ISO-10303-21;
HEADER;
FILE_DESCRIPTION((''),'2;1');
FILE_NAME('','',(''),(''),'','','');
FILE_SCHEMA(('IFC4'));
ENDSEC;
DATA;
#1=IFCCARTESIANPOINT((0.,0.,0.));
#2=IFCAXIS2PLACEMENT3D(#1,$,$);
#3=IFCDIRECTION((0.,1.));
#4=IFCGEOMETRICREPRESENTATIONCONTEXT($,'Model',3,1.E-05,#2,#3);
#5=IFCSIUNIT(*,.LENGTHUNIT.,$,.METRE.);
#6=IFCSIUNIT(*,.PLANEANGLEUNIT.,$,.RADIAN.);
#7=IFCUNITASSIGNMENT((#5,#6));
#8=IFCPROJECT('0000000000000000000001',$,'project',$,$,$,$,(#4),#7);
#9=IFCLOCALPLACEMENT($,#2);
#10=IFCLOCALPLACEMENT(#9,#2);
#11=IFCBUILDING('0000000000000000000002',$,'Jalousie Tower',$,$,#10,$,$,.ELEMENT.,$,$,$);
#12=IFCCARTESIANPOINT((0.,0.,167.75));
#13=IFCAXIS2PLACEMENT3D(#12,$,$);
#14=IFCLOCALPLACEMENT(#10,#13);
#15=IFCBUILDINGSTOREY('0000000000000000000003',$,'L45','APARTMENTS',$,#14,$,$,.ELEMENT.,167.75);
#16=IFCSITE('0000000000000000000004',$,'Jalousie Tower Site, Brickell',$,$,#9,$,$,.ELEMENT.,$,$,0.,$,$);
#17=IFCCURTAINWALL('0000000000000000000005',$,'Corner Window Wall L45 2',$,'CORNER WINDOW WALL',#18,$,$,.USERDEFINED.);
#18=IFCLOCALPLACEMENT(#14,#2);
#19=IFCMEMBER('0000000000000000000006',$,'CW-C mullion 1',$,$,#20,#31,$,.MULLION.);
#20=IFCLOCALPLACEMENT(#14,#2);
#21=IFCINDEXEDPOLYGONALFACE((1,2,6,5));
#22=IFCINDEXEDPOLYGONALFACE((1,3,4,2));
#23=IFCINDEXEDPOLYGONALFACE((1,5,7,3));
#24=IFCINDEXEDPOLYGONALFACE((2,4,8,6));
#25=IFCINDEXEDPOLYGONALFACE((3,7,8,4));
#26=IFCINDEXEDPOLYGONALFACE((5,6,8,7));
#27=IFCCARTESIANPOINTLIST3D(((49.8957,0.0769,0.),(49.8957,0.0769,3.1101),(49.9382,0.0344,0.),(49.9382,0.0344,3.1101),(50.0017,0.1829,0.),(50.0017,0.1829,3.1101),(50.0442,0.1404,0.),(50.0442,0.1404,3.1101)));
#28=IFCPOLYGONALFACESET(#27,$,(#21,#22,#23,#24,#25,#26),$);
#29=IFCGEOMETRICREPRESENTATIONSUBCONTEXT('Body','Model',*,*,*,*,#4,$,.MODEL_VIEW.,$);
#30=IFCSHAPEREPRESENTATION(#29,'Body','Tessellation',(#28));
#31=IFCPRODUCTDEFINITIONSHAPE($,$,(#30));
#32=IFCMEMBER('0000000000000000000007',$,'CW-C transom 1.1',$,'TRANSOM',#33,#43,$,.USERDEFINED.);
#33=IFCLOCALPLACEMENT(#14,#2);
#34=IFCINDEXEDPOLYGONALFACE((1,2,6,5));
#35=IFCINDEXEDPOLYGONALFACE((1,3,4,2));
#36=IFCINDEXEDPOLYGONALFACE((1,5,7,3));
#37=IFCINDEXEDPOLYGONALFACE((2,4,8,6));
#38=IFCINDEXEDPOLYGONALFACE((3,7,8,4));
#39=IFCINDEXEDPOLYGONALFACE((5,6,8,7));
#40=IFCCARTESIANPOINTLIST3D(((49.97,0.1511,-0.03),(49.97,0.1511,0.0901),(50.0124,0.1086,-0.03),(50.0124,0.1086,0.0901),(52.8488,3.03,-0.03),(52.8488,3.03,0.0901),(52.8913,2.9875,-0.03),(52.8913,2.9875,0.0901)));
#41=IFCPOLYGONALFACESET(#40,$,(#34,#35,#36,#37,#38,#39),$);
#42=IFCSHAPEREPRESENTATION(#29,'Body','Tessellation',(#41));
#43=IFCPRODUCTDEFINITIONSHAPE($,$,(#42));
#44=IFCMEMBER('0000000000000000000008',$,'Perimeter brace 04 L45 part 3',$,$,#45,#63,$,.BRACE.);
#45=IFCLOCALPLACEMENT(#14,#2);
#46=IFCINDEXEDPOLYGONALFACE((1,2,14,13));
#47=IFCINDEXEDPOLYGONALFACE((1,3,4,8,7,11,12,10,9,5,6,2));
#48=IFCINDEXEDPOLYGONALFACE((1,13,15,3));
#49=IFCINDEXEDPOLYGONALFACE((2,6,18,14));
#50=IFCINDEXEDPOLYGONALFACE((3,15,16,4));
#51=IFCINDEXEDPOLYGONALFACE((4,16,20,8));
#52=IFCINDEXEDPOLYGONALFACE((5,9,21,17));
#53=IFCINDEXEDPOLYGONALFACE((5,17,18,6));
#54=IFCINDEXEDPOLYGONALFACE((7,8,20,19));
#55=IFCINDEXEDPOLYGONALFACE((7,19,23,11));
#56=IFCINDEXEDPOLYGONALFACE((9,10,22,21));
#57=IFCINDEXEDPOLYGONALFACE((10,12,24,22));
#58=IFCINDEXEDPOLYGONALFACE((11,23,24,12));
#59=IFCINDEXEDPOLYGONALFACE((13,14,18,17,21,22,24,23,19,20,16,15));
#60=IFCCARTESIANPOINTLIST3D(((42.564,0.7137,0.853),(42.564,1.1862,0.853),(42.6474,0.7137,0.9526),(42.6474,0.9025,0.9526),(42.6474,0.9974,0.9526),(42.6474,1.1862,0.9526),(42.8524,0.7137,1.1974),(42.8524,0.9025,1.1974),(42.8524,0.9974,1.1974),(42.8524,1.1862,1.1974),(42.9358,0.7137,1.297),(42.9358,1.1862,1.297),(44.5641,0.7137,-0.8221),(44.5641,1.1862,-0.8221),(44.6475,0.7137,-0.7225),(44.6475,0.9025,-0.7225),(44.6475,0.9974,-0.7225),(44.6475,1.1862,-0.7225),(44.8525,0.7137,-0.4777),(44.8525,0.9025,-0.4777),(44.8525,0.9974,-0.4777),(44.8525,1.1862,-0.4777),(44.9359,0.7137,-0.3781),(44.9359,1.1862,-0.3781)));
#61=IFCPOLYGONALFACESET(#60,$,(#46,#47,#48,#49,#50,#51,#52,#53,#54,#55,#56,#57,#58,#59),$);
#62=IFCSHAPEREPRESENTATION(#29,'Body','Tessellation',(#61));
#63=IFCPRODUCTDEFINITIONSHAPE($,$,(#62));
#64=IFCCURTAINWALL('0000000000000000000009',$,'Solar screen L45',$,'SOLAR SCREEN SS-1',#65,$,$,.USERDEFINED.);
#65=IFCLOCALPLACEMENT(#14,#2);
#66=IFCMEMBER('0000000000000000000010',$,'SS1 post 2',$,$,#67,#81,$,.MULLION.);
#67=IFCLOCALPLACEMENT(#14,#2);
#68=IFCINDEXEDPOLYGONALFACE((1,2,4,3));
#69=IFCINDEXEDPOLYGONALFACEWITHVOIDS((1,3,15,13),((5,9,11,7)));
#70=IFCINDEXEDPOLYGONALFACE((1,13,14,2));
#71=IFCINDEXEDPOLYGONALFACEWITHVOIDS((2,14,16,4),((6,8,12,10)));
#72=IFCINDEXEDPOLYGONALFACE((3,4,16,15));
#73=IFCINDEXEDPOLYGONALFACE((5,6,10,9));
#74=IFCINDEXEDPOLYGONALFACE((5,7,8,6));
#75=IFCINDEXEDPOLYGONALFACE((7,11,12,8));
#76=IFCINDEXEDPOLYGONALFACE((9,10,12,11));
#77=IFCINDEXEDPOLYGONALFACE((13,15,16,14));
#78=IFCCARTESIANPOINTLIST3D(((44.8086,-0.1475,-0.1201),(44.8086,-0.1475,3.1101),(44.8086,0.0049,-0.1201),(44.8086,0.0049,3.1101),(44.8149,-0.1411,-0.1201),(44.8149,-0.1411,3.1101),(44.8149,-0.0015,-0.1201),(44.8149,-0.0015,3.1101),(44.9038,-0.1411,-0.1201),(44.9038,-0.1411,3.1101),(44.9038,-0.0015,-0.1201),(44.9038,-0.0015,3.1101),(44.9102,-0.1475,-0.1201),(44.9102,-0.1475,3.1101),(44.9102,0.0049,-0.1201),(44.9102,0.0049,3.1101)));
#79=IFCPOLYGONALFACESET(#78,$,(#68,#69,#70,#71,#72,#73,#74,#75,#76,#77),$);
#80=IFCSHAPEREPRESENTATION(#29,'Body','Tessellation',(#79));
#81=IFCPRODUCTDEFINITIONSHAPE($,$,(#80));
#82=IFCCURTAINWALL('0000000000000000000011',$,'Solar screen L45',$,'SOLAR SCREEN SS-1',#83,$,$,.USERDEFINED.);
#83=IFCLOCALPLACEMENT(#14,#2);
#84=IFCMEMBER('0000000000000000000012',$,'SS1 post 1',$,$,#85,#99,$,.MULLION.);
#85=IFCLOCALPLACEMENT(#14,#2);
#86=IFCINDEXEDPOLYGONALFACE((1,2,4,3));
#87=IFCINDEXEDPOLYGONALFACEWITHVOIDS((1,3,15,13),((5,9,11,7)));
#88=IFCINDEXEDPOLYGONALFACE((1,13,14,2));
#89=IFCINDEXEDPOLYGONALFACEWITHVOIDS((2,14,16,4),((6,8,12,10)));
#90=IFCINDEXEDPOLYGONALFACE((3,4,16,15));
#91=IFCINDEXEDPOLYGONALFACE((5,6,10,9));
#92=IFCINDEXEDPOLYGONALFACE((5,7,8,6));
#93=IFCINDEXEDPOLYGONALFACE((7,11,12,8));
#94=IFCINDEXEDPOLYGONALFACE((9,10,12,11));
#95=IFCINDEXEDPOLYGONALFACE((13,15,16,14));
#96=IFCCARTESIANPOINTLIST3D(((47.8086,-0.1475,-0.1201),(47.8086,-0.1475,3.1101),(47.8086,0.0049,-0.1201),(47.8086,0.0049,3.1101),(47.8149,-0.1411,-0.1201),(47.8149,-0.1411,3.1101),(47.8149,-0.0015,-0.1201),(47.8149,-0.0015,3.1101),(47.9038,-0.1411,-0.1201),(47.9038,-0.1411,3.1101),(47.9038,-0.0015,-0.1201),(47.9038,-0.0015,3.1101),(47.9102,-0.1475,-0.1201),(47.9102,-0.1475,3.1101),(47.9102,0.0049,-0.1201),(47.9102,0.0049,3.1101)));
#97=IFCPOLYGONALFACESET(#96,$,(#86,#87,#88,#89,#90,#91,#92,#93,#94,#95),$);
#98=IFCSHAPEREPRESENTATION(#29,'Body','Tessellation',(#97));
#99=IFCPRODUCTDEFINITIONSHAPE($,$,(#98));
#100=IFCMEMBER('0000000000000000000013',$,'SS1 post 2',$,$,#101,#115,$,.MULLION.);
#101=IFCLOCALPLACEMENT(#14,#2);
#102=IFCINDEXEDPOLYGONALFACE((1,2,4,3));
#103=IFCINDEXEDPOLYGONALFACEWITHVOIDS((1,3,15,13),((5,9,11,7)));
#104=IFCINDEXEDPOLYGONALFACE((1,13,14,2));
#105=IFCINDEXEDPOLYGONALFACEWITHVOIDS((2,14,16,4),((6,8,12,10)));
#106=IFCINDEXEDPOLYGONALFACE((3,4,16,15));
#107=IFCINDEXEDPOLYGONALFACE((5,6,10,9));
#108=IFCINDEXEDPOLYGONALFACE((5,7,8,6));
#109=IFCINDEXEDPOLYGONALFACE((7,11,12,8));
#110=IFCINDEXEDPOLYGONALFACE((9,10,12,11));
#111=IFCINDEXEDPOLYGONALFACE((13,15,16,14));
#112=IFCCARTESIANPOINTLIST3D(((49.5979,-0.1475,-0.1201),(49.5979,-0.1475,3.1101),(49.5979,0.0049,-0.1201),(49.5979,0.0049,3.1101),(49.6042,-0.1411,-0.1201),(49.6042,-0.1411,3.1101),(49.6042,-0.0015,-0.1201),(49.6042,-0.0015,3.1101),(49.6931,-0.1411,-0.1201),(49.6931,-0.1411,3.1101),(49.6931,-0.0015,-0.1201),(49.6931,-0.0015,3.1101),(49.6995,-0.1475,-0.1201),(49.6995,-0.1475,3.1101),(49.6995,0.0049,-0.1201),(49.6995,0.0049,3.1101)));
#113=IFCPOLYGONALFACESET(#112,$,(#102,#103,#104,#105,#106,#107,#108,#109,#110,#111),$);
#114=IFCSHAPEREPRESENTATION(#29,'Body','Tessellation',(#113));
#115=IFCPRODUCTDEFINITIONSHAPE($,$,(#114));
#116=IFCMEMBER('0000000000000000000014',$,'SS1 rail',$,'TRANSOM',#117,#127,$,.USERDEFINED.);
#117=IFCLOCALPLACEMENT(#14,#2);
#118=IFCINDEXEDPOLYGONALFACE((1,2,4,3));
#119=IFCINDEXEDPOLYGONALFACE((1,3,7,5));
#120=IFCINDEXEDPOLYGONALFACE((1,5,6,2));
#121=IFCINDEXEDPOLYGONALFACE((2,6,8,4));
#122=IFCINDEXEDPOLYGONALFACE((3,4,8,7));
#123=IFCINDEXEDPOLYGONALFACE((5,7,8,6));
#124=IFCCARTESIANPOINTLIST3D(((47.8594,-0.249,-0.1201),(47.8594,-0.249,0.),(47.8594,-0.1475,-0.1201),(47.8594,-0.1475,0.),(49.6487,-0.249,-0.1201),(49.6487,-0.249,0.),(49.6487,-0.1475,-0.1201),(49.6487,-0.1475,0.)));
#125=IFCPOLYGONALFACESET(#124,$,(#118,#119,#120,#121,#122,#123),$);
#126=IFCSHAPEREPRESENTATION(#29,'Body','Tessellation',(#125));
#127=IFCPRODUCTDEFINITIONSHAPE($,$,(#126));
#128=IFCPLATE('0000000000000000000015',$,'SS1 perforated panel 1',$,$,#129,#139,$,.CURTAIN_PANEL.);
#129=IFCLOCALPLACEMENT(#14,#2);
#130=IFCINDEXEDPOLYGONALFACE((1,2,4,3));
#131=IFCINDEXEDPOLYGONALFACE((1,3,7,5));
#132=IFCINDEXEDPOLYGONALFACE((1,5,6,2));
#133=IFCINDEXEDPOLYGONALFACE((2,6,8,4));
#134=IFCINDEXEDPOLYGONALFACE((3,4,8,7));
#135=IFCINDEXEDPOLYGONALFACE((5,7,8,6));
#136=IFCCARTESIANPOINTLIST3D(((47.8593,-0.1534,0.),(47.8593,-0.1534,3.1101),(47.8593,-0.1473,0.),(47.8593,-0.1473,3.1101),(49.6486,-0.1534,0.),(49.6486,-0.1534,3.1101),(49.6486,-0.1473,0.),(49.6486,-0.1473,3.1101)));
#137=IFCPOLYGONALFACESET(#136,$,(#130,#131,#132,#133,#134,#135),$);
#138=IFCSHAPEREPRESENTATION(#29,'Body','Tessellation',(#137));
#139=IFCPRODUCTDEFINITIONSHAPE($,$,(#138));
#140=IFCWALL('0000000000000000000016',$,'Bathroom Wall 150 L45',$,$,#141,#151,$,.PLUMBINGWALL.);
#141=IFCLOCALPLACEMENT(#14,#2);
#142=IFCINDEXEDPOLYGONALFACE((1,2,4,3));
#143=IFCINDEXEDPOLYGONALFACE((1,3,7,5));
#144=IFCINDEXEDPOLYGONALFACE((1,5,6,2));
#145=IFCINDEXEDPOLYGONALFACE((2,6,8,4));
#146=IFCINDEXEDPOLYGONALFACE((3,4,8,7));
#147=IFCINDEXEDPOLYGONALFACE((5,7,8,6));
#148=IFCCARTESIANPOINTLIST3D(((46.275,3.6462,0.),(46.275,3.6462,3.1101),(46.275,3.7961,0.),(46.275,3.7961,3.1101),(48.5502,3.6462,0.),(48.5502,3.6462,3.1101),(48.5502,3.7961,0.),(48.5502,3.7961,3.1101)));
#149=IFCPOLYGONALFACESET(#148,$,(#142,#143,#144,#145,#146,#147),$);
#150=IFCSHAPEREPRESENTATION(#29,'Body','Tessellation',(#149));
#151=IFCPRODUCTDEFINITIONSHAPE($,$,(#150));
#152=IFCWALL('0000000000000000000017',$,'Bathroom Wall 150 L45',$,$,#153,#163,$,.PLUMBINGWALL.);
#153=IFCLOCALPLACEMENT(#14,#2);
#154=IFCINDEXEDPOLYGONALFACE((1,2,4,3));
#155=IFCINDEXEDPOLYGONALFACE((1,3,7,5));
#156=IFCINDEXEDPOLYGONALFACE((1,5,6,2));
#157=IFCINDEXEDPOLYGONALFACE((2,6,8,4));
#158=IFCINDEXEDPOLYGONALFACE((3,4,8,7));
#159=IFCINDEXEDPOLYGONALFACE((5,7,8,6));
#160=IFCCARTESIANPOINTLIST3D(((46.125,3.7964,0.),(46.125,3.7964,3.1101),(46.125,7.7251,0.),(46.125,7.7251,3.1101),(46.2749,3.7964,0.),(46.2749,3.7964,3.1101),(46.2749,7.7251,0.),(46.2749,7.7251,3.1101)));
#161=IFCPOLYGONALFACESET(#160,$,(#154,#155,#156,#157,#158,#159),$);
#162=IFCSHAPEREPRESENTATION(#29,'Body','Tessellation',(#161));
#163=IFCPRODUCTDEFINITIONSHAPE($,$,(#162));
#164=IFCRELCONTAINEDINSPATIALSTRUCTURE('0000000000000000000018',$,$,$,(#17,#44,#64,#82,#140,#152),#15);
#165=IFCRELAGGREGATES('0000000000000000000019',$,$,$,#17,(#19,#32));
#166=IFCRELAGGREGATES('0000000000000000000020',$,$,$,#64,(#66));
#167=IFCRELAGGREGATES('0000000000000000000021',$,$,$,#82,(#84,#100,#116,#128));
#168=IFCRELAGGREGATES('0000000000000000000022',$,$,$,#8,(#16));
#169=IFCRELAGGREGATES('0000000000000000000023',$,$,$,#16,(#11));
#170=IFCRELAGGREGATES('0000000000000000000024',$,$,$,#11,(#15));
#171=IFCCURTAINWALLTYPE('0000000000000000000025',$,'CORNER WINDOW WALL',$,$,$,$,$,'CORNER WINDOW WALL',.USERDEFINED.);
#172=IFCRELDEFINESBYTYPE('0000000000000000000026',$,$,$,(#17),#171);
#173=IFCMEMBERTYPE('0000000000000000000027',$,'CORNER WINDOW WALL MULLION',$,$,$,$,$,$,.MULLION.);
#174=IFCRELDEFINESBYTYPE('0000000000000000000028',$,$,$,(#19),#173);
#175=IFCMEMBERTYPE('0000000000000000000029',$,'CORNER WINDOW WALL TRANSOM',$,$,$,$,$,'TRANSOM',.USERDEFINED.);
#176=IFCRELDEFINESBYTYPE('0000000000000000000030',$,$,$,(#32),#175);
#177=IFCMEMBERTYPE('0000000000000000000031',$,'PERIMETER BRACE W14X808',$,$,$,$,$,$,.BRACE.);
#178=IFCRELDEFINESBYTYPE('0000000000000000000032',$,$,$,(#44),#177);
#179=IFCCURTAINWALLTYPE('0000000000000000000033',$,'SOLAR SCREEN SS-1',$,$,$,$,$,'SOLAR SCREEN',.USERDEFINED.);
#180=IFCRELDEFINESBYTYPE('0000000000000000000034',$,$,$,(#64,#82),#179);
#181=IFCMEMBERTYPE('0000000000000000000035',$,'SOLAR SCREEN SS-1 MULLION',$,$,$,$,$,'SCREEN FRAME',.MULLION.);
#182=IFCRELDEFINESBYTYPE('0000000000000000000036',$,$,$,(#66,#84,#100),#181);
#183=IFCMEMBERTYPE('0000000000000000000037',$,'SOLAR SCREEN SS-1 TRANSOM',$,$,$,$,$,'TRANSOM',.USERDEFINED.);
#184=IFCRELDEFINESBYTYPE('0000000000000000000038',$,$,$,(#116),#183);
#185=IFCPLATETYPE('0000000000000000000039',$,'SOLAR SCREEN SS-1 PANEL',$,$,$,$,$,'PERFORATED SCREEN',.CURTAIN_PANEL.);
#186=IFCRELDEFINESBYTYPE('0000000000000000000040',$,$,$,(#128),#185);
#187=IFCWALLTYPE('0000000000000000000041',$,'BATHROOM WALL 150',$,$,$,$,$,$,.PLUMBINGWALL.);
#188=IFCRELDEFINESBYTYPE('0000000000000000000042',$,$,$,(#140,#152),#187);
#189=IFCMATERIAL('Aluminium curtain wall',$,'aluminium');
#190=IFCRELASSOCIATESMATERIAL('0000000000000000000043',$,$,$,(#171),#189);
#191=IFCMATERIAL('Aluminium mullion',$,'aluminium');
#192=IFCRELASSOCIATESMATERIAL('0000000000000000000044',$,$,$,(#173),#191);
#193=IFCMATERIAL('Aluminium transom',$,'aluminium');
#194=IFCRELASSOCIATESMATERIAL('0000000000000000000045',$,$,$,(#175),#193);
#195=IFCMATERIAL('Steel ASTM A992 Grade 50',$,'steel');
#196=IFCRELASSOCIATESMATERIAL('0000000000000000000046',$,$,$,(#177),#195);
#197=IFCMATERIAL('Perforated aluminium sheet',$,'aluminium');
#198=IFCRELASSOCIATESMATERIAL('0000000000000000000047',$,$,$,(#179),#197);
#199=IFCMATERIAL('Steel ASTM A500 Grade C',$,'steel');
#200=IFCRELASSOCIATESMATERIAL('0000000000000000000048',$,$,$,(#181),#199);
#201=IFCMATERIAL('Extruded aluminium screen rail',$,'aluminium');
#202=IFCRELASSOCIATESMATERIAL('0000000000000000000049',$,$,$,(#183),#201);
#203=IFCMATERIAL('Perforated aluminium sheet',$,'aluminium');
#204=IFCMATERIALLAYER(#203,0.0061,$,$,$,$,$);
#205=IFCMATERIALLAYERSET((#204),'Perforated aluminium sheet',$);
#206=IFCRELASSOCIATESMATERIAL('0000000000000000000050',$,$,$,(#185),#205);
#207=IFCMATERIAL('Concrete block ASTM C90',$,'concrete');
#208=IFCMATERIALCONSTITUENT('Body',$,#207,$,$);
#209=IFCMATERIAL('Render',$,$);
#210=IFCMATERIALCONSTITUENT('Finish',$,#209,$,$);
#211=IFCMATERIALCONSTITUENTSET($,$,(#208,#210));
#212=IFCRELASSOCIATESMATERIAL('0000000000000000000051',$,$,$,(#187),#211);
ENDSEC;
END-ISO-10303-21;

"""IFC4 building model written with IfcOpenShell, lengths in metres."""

from ifc_helpers import new_model, si_unit, direction, frame, frame_2d, origin, origin_2d, place, context, subcontext, project, spatial, rectangle, hollow_rectangle, i_section, extrude, material, layer, layer_set, constituent, constituent_set, material_profile, profile_set, type_object, element, aggregate, save


model = new_model("IFC4")

# Units and contexts
model_context = context("Model", 3, precision=1e-05, world=origin(), true_north=direction((0.0, 1.0)))
body_context = subcontext(model_context, "Body", "Model", "MODEL_VIEW")
ifc_project = project(units=[si_unit("LENGTHUNIT", "METRE"), si_unit("PLANEANGLEUNIT", "RADIAN")], contexts=[model_context])

# Site, building, storey
site_placement = place(None, origin())
site = spatial("IfcSite", under=ifc_project, at=site_placement, Name="Jalousie Tower Site, Brickell", CompositionType="ELEMENT", RefElevation=0.0)
building_placement = place(site_placement, origin())
building = spatial("IfcBuilding", under=site, at=building_placement, Name="Jalousie Tower", CompositionType="ELEMENT")
storey_placement = place(building_placement, frame((0.0, 0.0, 167.75)))
storey = spatial("IfcBuildingStorey", under=building, at=storey_placement, Name="L45", Description="APARTMENTS", CompositionType="ELEMENT", Elevation=167.75)

# Curtain wall, members
ifc_material_1 = material(Name="Aluminium curtain wall", Category="aluminium")
curtain_wall_type_1 = type_object("IfcCurtainWallType", Name="CORNER WINDOW WALL", ElementType="CORNER WINDOW WALL", PredefinedType="USERDEFINED", material=ifc_material_1)
curtain_wall_1_placement = place(storey_placement, origin())
curtain_wall_1 = element("IfcCurtainWall", 1, at=curtain_wall_1_placement, inside=storey, type_object=curtain_wall_type_1, Name="Corner Window Wall L45 2", ObjectType="CORNER WINDOW WALL", PredefinedType="USERDEFINED")
ifc_material_2 = material(Name="Aluminium mullion", Category="aluminium")
ifc_material_profile_1 = material_profile(ifc_material_2, rectangle(XDim=0.0601, YDim=0.1499, at=origin_2d()), Name="MULLION 60x150")
ifc_profile_set_1 = profile_set([ifc_material_profile_1], Name="Aluminium mullion")
member_type_1 = type_object("IfcMemberType", Name="CORNER WINDOW WALL MULLION", PredefinedType="MULLION", material=ifc_profile_set_1)
member_1_placement = place(storey_placement, frame((49.97, 0.1086, 0.0), z_axis=(0.0, 0.0, 1.0), x_axis=(-0.707107, 0.707107, 0.0)))
member_1 = element("IfcMember", 2, at=member_1_placement, type_object=member_type_1, Name="CW-C mullion 1", PredefinedType="MULLION", context=body_context, shape_type="SweptSolid", body=[
    extrude(rectangle(XDim=0.0601, YDim=0.1499, at=origin_2d()), origin(), (0.0, 0.0, 1.0), 3.1101),
])
ifc_material_3 = material(Name="Aluminium transom", Category="aluminium")
ifc_material_profile_2 = material_profile(ifc_material_3, rectangle(XDim=0.0601, YDim=0.1201, at=origin_2d()), Name="TRANSOM 60x120")
ifc_profile_set_2 = profile_set([ifc_material_profile_2], Name="Aluminium transom")
member_type_2 = type_object("IfcMemberType", Name="CORNER WINDOW WALL TRANSOM", ElementType="TRANSOM", PredefinedType="USERDEFINED", material=ifc_profile_set_2)
member_2_placement = place(storey_placement, frame((49.9912, 0.1299, 0.03), z_axis=(0.707107, 0.707107, 0.0), x_axis=(-0.707107, 0.707107, 0.0)))
member_2 = element("IfcMember", 3, at=member_2_placement, type_object=member_type_2, Name="CW-C transom 1.1", ObjectType="TRANSOM", PredefinedType="USERDEFINED", context=body_context, shape_type="SweptSolid", body=[
    extrude(rectangle(XDim=0.0601, YDim=0.1201, at=origin_2d()), origin(), (0.0, 0.0, 1.0), 4.0713),
])
aggregate(curtain_wall_1, [member_1, member_2])

# Member
ifc_material_4 = material(Name="Steel ASTM A992 Grade 50", Category="steel")
ifc_material_profile_3 = material_profile(ifc_material_4, i_section(OverallWidth=0.4724, OverallDepth=0.5791, WebThickness=0.095, FlangeThickness=0.1299, at=origin_2d()), Name="W14X808")
ifc_profile_set_3 = profile_set([ifc_material_profile_3], Name="Steel ASTM A992 Grade 50")
member_type_3 = type_object("IfcMemberType", Name="PERIMETER BRACE W14X808", PredefinedType="BRACE", material=ifc_profile_set_3)
member_3_placement = place(storey_placement, frame((44.75, 0.95, -0.6001), z_axis=(-0.766639, 0.0, 0.642079), x_axis=(0.0, -1.0, 0.0)))
element("IfcMember", 4, at=member_3_placement, inside=storey, type_object=member_type_3, Name="Perimeter brace 04 L45 part 3", PredefinedType="BRACE", context=body_context, shape_type="SweptSolid", body=[
    extrude(i_section(OverallWidth=0.4724, OverallDepth=0.5791, WebThickness=0.095, FlangeThickness=0.1299, at=origin_2d()), origin(), (0.0, 0.0, 1.0), 2.6089),
])

# Curtain wall, member
ifc_material_5 = material(Name="Perforated aluminium sheet", Category="aluminium")
curtain_wall_type_2 = type_object("IfcCurtainWallType", Name="SOLAR SCREEN SS-1", ElementType="SOLAR SCREEN", PredefinedType="USERDEFINED", material=ifc_material_5)
curtain_wall_2_placement = place(storey_placement, origin())
curtain_wall_2 = element("IfcCurtainWall", 5, at=curtain_wall_2_placement, inside=storey, type_object=curtain_wall_type_2, Name="Solar screen L45", ObjectType="SOLAR SCREEN SS-1", PredefinedType="USERDEFINED")
ifc_material_6 = material(Name="Steel ASTM A500 Grade C", Category="steel")
ifc_material_profile_4 = material_profile(ifc_material_6, hollow_rectangle(XDim=0.1016, YDim=0.1523, WallThickness=0.0063, at=origin_2d()), Name="HSS6X4X1/4")
ifc_profile_set_4 = profile_set([ifc_material_profile_4], Name="Steel ASTM A500 Grade C")
member_type_4 = type_object("IfcMemberType", Name="SOLAR SCREEN SS-1 MULLION", ElementType="SCREEN FRAME", PredefinedType="MULLION", material=ifc_profile_set_4)
member_4_placement = place(storey_placement, frame((44.8594, -0.0713, -0.1201), z_axis=(0.0, 0.0, 1.0), x_axis=(1.0, 0.0, 0.0)))
member_4 = element("IfcMember", 6, at=member_4_placement, type_object=member_type_4, Name="SS1 post 2", PredefinedType="MULLION", context=body_context, shape_type="SweptSolid", body=[
    extrude(hollow_rectangle(XDim=0.1016, YDim=0.1523, WallThickness=0.0063, at=origin_2d()), origin(), (0.0, 0.0, 1.0), 3.2302),
])
aggregate(curtain_wall_2, [member_4])

# Curtain wall, members, plate
curtain_wall_3_placement = place(storey_placement, origin())
curtain_wall_3 = element("IfcCurtainWall", 7, at=curtain_wall_3_placement, inside=storey, type_object=curtain_wall_type_2, Name="Solar screen L45", ObjectType="SOLAR SCREEN SS-1", PredefinedType="USERDEFINED")
member_5_placement = place(storey_placement, frame((47.8594, -0.0713, -0.1201), z_axis=(0.0, 0.0, 1.0), x_axis=(1.0, 0.0, 0.0)))
member_5 = element("IfcMember", 8, at=member_5_placement, type_object=member_type_4, Name="SS1 post 1", PredefinedType="MULLION", context=body_context, shape_type="SweptSolid", body=[
    extrude(hollow_rectangle(XDim=0.1016, YDim=0.1523, WallThickness=0.0063, at=origin_2d()), origin(), (0.0, 0.0, 1.0), 3.2302),
])
member_6_placement = place(storey_placement, frame((49.6487, -0.0713, -0.1201), z_axis=(0.0, 0.0, 1.0), x_axis=(1.0, 0.0, 0.0)))
member_6 = element("IfcMember", 9, at=member_6_placement, type_object=member_type_4, Name="SS1 post 2", PredefinedType="MULLION", context=body_context, shape_type="SweptSolid", body=[
    extrude(hollow_rectangle(XDim=0.1016, YDim=0.1523, WallThickness=0.0063, at=origin_2d()), origin(), (0.0, 0.0, 1.0), 3.2302),
])
ifc_material_7 = material(Name="Extruded aluminium screen rail", Category="aluminium")
ifc_material_profile_5 = material_profile(ifc_material_7, rectangle(XDim=0.1016, YDim=0.1201, at=origin_2d()), Name="RAIL 102x120")
ifc_profile_set_5 = profile_set([ifc_material_profile_5], Name="Extruded aluminium screen rail")
member_type_5 = type_object("IfcMemberType", Name="SOLAR SCREEN SS-1 TRANSOM", ElementType="TRANSOM", PredefinedType="USERDEFINED", material=ifc_profile_set_5)
member_7_placement = place(storey_placement, frame((47.8594, -0.1982, -0.0601), z_axis=(1.0, 0.0, 0.0), x_axis=(0.0, 1.0, 0.0)))
member_7 = element("IfcMember", 10, at=member_7_placement, type_object=member_type_5, Name="SS1 rail", ObjectType="TRANSOM", PredefinedType="USERDEFINED", context=body_context, shape_type="SweptSolid", body=[
    extrude(rectangle(XDim=0.1016, YDim=0.1201, at=origin_2d()), origin(), (0.0, 0.0, 1.0), 1.7893),
])
ifc_material_8 = material(Name="Perforated aluminium sheet", Category="aluminium")
ifc_layer = layer(ifc_material_8, 0.0061)
ifc_layer_set = layer_set([ifc_layer], Name="Perforated aluminium sheet")
plate_type = type_object("IfcPlateType", Name="SOLAR SCREEN SS-1 PANEL", ElementType="PERFORATED SCREEN", PredefinedType="CURTAIN_PANEL", material=ifc_layer_set)
plate_placement = place(storey_placement, frame((48.7539, -0.1504, 0.0), z_axis=(0.0, 0.0, 1.0), x_axis=(1.0, 0.0, 0.0)))
plate = element("IfcPlate", 11, at=plate_placement, type_object=plate_type, Name="SS1 perforated panel 1", PredefinedType="CURTAIN_PANEL", context=body_context, shape_type="SweptSolid", body=[
    extrude(rectangle(XDim=1.7893, YDim=0.0061, at=origin_2d()), origin(), (0.0, 0.0, 1.0), 3.1101),
])
aggregate(curtain_wall_3, [member_5, member_6, member_7, plate])

# Walls
ifc_material_9 = material(Name="Concrete block ASTM C90", Category="concrete")
ifc_constituent_1 = constituent(ifc_material_9, Name="Body")
ifc_material_10 = material(Name="Render")
ifc_constituent_2 = constituent(ifc_material_10, Name="Finish")
ifc_constituent_set_1 = constituent_set(constituents=[ifc_constituent_1, ifc_constituent_2])
wall_type_1 = type_object("IfcWallType", Name="BATHROOM WALL 150", PredefinedType="PLUMBINGWALL", material=ifc_constituent_set_1)
wall_1_placement = place(storey_placement, frame((46.2749, 3.7212, 0.0), z_axis=(0.0, 0.0, 1.0), x_axis=(1.0, 0.0, 0.0)))
element("IfcWall", 12, at=wall_1_placement, inside=storey, type_object=wall_type_1, Name="Bathroom Wall 150 L45", PredefinedType="PLUMBINGWALL", context=body_context, shape_type="SweptSolid", body=[
    extrude(rectangle(XDim=2.2751, YDim=0.1499, at=frame_2d((1.1377, 0.0))), origin(), (0.0, 0.0, 1.0), 3.1101),
])
wall_2_placement = place(storey_placement, frame((46.2, 3.7964, 0.0), z_axis=(0.0, 0.0, 1.0), x_axis=(0.0, 1.0, 0.0)))
element("IfcWall", 13, at=wall_2_placement, inside=storey, type_object=wall_type_1, Name="Bathroom Wall 150 L45", PredefinedType="PLUMBINGWALL", context=body_context, shape_type="SweptSolid", body=[
    extrude(rectangle(XDim=3.9287, YDim=0.1499, at=frame_2d((1.9644, 0.0))), origin(), (0.0, 0.0, 1.0), 3.1101),
])

save(model, "model.ifc")
